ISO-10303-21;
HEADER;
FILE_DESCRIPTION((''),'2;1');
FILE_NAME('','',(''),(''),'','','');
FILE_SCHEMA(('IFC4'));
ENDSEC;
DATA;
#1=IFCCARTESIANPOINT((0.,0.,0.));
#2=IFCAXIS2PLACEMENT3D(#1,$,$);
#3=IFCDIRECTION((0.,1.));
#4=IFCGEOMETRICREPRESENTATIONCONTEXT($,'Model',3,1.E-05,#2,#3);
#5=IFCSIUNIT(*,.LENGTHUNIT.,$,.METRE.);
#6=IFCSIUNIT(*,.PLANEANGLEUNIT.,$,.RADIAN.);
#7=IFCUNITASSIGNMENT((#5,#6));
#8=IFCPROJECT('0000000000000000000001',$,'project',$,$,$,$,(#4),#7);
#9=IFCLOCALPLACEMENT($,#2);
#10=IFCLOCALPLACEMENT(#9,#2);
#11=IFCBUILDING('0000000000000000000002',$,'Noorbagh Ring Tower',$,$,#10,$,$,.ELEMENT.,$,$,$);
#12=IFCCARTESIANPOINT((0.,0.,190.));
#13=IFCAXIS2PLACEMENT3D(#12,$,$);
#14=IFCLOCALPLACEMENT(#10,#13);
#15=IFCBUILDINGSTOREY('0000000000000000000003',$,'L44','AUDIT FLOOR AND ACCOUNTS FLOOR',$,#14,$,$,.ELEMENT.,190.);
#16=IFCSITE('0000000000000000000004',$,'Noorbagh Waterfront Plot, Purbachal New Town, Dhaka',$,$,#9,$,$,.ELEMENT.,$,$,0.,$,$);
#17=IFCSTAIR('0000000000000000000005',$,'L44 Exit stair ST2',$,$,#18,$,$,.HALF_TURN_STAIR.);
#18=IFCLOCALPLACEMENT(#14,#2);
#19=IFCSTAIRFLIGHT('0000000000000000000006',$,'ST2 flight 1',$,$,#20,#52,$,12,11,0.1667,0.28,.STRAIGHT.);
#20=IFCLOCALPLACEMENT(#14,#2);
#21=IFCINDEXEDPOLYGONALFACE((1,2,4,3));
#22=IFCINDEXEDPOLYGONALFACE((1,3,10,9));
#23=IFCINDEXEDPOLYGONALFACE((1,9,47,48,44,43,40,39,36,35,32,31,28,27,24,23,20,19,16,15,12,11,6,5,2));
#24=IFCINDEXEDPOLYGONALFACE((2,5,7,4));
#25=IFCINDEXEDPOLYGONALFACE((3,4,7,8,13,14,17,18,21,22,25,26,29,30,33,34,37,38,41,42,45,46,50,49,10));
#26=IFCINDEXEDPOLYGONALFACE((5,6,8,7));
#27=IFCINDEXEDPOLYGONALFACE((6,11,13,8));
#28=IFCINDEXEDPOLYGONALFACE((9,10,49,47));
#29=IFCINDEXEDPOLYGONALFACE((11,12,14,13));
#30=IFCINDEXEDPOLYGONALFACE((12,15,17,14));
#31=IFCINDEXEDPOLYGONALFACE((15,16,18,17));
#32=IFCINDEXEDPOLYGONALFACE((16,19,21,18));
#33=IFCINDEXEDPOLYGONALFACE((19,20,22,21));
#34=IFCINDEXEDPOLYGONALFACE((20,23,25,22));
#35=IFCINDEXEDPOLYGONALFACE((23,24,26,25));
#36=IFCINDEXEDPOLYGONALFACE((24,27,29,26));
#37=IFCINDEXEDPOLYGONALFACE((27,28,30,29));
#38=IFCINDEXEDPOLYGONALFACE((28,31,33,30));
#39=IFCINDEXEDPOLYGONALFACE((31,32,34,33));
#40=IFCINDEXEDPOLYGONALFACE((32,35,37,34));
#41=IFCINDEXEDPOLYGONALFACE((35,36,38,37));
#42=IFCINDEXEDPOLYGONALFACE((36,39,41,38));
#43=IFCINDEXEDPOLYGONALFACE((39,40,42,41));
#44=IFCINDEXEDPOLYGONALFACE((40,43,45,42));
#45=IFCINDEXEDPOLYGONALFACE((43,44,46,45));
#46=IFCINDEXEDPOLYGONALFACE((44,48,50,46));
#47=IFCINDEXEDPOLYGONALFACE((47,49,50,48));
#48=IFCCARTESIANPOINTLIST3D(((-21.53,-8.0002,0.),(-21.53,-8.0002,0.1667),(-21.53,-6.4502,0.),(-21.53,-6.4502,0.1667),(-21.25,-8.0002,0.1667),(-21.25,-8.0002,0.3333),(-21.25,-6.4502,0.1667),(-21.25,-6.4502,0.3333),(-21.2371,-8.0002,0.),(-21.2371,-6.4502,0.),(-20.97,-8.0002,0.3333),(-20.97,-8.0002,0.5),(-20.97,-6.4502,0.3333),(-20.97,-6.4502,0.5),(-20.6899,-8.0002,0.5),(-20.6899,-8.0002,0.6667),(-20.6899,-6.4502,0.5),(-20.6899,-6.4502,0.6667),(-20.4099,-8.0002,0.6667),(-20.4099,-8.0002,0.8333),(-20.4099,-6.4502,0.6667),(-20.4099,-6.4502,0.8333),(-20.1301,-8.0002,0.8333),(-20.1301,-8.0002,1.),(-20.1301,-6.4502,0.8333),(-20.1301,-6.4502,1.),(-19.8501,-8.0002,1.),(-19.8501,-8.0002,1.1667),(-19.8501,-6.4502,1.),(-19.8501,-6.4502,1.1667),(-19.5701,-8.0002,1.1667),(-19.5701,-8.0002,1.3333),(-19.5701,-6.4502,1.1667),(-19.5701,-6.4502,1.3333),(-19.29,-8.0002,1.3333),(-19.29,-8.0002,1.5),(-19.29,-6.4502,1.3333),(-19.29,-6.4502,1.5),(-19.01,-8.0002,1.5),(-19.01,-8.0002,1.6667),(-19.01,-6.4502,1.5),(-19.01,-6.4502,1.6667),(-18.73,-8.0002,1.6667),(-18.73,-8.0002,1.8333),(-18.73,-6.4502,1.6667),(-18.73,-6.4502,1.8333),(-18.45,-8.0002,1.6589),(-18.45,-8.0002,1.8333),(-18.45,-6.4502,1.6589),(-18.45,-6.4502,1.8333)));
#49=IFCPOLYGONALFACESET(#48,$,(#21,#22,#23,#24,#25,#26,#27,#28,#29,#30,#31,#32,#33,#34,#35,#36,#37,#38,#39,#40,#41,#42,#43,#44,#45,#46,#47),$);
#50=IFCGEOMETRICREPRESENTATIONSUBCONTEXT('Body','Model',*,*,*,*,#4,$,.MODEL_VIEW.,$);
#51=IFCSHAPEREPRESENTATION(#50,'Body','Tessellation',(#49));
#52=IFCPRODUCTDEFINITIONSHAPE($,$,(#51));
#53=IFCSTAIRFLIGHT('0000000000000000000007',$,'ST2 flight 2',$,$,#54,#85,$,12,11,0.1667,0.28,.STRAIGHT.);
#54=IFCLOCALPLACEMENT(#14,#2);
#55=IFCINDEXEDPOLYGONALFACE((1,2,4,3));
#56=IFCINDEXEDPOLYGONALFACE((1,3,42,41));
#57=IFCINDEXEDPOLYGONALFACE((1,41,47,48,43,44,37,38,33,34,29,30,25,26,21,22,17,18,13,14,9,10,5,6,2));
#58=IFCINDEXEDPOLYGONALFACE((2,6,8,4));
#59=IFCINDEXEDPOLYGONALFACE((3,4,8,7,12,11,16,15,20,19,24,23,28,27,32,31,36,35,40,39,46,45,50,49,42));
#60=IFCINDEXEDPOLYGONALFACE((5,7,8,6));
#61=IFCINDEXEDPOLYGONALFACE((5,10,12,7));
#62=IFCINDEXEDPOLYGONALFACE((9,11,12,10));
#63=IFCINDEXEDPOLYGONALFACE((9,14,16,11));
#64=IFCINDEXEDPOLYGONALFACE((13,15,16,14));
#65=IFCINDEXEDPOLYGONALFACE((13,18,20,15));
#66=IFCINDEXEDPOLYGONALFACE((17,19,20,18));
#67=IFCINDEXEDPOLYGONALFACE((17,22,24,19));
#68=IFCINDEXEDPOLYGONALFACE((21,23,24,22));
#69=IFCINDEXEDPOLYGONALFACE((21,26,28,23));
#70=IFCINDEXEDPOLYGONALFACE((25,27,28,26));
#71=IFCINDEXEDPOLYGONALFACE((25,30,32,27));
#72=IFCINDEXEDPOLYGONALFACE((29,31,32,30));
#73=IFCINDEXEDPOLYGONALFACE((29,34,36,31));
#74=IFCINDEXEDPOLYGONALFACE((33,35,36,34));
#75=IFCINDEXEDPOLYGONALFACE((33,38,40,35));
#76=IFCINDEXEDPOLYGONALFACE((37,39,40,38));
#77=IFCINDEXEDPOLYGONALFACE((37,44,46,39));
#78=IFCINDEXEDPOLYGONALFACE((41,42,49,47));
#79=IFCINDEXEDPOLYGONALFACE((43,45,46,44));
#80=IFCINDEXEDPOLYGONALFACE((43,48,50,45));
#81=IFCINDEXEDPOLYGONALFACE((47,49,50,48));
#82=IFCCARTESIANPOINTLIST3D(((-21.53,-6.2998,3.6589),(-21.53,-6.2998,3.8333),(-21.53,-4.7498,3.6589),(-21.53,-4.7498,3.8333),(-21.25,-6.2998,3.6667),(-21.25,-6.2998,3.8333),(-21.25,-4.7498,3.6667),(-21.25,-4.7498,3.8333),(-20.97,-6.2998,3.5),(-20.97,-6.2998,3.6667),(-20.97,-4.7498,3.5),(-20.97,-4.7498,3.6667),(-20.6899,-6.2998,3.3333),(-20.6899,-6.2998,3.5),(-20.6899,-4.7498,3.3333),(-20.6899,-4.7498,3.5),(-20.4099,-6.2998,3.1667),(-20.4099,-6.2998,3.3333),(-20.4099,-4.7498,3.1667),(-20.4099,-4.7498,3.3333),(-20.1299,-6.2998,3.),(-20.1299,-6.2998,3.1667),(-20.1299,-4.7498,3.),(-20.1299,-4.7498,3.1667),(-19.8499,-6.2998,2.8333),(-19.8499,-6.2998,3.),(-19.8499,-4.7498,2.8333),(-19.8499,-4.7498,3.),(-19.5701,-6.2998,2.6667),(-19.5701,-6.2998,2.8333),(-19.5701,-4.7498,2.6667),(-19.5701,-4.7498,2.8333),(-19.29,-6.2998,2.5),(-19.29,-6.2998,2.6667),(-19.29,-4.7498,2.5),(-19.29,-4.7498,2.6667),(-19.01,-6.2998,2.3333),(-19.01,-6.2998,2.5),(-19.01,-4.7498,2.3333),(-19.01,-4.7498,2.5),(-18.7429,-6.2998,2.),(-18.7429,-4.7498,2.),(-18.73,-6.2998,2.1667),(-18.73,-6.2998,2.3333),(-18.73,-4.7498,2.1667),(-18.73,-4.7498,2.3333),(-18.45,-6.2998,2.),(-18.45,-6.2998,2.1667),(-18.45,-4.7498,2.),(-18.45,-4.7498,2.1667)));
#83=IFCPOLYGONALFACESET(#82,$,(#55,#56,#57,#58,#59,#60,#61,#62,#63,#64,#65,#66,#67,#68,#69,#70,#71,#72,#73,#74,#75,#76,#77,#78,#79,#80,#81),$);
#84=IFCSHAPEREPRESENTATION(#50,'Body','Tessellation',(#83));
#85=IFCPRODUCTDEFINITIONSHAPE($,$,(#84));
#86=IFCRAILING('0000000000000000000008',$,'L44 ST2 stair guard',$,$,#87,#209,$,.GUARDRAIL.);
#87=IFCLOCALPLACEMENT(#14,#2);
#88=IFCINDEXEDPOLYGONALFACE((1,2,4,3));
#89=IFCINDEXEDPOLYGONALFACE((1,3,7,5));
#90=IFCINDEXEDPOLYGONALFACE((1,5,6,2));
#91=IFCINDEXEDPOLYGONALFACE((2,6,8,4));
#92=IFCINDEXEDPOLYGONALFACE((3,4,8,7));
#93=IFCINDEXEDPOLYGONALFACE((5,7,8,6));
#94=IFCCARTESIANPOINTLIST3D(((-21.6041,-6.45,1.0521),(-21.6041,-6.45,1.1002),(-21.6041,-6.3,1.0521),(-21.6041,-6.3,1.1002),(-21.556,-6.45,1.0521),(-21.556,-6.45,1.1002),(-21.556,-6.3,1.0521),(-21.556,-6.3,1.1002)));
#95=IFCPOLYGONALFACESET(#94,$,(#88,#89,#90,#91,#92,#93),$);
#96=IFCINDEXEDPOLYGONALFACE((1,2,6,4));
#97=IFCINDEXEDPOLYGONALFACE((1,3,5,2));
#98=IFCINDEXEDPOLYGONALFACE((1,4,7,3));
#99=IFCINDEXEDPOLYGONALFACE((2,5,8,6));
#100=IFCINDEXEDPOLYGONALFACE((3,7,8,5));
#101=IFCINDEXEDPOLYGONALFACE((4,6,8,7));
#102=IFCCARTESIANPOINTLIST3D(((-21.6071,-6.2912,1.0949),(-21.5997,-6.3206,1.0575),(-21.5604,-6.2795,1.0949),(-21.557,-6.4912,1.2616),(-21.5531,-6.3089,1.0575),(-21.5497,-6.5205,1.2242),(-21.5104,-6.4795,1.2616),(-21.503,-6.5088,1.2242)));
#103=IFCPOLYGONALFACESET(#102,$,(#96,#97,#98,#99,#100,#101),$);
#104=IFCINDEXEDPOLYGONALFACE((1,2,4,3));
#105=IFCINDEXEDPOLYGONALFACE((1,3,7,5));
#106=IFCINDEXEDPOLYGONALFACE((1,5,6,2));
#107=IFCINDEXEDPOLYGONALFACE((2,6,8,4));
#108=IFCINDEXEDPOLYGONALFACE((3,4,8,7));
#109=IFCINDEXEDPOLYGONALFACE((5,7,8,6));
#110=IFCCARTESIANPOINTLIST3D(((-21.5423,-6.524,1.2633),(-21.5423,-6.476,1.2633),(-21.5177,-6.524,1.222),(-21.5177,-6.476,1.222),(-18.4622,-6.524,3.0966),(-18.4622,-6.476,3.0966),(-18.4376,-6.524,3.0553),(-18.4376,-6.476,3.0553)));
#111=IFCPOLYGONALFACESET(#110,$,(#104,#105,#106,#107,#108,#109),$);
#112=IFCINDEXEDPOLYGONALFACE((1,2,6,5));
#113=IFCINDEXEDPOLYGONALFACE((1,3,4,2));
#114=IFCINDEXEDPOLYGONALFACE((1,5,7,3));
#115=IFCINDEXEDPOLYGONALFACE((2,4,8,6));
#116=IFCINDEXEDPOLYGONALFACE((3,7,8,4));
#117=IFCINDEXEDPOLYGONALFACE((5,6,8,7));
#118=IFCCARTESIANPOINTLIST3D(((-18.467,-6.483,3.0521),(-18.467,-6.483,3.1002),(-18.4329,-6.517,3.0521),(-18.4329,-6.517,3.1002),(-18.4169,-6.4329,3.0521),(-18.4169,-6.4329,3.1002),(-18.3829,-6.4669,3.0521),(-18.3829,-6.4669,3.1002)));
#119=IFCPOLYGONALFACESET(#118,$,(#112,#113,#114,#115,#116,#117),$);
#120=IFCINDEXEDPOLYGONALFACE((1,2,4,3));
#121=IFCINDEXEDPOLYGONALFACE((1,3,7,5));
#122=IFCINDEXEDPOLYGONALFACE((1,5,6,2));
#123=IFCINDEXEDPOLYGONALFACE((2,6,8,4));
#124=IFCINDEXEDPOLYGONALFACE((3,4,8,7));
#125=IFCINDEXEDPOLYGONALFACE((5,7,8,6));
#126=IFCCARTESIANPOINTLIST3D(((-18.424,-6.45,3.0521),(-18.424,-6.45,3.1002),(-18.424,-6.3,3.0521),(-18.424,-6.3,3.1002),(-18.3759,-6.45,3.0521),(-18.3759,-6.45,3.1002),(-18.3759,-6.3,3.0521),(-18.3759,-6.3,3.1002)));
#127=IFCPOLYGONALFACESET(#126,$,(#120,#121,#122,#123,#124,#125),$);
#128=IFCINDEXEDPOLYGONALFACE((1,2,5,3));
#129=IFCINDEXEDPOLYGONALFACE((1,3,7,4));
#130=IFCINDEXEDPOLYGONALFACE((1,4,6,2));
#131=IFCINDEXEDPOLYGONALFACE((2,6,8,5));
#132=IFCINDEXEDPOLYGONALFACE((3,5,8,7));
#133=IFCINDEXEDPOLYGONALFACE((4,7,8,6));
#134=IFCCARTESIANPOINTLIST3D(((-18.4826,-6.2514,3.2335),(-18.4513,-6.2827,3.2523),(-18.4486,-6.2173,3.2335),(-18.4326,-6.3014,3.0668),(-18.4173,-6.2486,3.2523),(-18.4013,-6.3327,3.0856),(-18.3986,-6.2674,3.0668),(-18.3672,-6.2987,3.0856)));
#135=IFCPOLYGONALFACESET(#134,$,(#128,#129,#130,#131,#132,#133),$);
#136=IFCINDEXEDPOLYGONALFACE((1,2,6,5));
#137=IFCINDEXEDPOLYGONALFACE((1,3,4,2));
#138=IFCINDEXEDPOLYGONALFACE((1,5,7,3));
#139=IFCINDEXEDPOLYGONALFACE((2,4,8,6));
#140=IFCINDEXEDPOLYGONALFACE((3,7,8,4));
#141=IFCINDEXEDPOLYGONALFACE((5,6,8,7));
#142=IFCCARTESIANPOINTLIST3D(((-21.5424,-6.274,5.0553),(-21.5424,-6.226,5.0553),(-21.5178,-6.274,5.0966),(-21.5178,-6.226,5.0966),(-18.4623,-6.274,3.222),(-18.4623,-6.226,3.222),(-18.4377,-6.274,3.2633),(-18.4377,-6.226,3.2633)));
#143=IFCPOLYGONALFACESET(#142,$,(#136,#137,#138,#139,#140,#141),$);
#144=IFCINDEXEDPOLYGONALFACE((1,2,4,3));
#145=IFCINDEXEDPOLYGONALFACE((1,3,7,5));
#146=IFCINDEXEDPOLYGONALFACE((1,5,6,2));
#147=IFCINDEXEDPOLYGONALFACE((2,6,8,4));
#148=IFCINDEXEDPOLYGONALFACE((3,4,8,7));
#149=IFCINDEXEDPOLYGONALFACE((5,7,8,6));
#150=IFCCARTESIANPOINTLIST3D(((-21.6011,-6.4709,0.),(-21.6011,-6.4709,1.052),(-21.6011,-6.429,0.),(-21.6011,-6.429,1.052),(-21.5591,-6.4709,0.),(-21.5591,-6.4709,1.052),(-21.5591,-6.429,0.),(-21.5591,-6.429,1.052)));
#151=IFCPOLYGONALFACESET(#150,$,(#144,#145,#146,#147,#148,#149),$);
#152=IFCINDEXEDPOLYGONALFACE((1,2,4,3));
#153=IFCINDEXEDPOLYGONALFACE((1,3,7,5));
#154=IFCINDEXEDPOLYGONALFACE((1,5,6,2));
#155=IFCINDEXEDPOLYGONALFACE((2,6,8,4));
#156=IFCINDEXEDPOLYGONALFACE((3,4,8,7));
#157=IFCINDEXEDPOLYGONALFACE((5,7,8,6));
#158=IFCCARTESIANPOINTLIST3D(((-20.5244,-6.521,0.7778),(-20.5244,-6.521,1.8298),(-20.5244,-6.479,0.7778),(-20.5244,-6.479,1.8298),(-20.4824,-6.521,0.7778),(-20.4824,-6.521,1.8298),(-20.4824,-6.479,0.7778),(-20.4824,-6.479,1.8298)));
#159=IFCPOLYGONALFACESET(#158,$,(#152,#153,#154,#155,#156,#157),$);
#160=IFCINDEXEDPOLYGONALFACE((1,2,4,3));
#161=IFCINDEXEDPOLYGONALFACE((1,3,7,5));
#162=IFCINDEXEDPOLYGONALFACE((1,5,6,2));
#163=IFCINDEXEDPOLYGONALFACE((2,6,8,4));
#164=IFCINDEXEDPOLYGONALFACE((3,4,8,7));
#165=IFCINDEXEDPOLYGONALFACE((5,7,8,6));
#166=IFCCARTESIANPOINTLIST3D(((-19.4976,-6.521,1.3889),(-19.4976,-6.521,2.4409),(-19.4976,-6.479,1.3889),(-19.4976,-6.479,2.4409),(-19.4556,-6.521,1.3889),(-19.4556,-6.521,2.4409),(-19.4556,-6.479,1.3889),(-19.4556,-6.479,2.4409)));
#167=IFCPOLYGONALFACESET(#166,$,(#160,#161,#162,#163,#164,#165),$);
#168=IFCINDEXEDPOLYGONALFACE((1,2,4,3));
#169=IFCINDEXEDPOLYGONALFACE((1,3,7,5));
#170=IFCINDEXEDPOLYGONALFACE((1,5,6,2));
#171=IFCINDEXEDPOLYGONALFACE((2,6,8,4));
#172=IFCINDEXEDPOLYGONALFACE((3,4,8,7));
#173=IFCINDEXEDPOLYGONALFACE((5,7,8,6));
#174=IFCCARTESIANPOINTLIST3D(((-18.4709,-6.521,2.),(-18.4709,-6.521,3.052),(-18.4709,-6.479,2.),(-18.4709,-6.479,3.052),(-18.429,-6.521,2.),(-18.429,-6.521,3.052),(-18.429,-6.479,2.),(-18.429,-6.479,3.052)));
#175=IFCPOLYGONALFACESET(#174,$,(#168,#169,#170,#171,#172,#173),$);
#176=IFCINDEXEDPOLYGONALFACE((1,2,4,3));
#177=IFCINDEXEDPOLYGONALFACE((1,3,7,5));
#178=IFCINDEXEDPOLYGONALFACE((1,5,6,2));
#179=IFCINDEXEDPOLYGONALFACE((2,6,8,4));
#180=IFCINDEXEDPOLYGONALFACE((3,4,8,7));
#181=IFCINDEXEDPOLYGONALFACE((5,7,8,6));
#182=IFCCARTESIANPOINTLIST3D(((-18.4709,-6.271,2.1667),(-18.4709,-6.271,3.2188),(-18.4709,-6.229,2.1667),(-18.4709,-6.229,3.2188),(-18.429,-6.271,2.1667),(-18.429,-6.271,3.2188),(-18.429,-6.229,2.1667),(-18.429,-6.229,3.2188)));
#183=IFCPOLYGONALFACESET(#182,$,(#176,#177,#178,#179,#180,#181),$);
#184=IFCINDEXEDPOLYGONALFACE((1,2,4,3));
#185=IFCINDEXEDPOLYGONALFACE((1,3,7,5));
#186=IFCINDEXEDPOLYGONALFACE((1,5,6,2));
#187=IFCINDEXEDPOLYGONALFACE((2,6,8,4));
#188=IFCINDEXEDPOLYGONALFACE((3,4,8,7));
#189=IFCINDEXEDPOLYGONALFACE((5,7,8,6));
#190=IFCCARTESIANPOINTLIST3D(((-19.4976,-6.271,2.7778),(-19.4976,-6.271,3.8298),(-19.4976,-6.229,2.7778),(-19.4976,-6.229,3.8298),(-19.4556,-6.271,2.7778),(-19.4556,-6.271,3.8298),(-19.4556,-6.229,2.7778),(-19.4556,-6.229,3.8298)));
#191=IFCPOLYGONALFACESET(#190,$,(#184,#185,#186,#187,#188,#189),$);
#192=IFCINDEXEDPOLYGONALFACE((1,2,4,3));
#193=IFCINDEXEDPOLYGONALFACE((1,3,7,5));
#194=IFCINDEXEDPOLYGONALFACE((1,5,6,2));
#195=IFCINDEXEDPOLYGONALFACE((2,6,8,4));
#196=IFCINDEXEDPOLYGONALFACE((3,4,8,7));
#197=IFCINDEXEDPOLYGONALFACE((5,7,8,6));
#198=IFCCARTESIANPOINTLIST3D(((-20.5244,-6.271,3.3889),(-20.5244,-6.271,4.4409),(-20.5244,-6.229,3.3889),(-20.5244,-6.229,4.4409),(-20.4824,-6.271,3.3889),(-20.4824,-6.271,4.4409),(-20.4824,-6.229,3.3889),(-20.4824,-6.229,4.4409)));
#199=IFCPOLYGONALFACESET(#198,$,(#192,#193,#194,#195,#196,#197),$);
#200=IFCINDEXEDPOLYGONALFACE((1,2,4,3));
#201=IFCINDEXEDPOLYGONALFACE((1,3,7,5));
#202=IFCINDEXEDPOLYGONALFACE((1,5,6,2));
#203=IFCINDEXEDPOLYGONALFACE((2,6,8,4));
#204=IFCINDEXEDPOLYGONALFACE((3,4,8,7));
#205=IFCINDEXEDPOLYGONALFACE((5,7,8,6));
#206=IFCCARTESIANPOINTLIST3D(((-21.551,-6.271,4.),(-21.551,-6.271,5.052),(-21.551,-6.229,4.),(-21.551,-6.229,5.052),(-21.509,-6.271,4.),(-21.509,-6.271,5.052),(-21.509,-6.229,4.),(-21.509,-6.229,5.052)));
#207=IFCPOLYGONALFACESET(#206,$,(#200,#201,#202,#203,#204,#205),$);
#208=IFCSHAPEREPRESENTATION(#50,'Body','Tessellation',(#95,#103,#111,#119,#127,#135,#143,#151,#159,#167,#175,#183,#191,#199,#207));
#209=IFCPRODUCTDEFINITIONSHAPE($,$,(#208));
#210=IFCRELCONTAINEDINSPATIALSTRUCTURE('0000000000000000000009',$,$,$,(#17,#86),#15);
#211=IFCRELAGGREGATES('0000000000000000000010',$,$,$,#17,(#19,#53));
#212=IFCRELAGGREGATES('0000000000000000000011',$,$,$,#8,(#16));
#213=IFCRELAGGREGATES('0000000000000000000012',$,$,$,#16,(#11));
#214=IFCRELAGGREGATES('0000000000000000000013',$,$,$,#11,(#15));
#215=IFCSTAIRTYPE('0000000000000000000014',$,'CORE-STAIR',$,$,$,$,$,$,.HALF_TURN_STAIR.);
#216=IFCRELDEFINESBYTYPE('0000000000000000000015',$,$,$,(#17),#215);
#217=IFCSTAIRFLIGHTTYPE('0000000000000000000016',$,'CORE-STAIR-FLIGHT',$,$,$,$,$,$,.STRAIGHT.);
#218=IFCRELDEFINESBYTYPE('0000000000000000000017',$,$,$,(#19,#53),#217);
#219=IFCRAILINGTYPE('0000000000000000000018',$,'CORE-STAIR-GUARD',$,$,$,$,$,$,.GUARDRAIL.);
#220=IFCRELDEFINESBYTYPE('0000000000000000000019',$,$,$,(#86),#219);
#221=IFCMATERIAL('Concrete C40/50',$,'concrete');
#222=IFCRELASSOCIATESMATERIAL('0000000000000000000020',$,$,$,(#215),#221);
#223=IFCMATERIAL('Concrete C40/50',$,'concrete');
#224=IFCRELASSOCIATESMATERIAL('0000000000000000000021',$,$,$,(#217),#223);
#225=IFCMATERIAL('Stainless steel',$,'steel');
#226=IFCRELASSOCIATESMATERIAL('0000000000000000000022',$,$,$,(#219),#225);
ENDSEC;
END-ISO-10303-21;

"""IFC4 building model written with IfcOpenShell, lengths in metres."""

from ifc_helpers import new_model, si_unit, direction, frame, origin, origin_2d, place, context, subcontext, project, spatial, polyline, rectangle, outline, extrude, material, type_object, element, aggregate, save


model = new_model("IFC4")

# Units and contexts
model_context = context("Model", 3, precision=1e-05, world=origin(), true_north=direction((0.0, 1.0)))
body_context = subcontext(model_context, "Body", "Model", "MODEL_VIEW")
ifc_project = project(units=[si_unit("LENGTHUNIT", "METRE"), si_unit("PLANEANGLEUNIT", "RADIAN")], contexts=[model_context])

# Site, building, storey
site_placement = place(None, origin())
site = spatial("IfcSite", under=ifc_project, at=site_placement, Name="Noorbagh Waterfront Plot, Purbachal New Town, Dhaka", CompositionType="ELEMENT", RefElevation=0.0)
building_placement = place(site_placement, origin())
building = spatial("IfcBuilding", under=site, at=building_placement, Name="Noorbagh Ring Tower", CompositionType="ELEMENT")
storey_placement = place(building_placement, frame((0.0, 0.0, 190.0)))
storey = spatial("IfcBuildingStorey", under=building, at=storey_placement, Name="L44", Description="AUDIT FLOOR AND ACCOUNTS FLOOR", CompositionType="ELEMENT", Elevation=190.0)

# Stair, stair flights
ifc_material_1 = material(Name="Concrete C40/50", Category="concrete")
stair_type = type_object("IfcStairType", Name="CORE-STAIR", PredefinedType="HALF_TURN_STAIR", material=ifc_material_1)
stair_placement = place(storey_placement, origin())
stair = element("IfcStair", 1, at=stair_placement, inside=storey, type_object=stair_type, Name="L44 Exit stair ST2", PredefinedType="HALF_TURN_STAIR")
ifc_material_2 = material(Name="Concrete C40/50", Category="concrete")
stair_flight_type = type_object("IfcStairFlightType", Name="CORE-STAIR-FLIGHT", PredefinedType="STRAIGHT", material=ifc_material_2)
stair_flight_1_placement = place(storey_placement, frame((-21.53, -7.2251, 0.0), z_axis=(0.0, 0.0, 1.0), x_axis=(1.0, 0.0, 0.0)))
stair_flight_1 = element("IfcStairFlight", 2, at=stair_flight_1_placement, type_object=stair_flight_type, Name="ST2 flight 1", NumberOfRisers=12, NumberOfTreads=11, PredefinedType="STRAIGHT", RiserHeight=0.1667, TreadLength=0.28, context=body_context, shape_type="SweptSolid", body=[
    extrude(outline(polyline([(0.0, 0.0), (0.0, 0.1667), (0.28, 0.1667), (0.28, 0.3333), (0.5601, 0.3333), (0.5601, 0.5), (0.8401, 0.5), (0.8401, 0.6667), (1.1201, 0.6667), (1.1201, 0.8333), (1.3999, 0.8333), (1.3999, 1.0), (1.6799, 1.0), (1.6799, 1.1667), (1.96, 1.1667), (1.96, 1.3333), (2.24, 1.3333), (2.24, 1.5), (2.52, 1.5), (2.52, 1.6667), (2.8, 1.6667), (2.8, 1.8333), (3.0801, 1.8333), (3.0801, 2.0), (3.0801, 1.6589), (0.293, 0.0), (0.0, 0.0)])), frame((0.0, 0.7749, 0.0), z_axis=(0.0, -1.0, 0.0), x_axis=(1.0, 0.0, 0.0)), (0.0, 0.0, 1.0), 1.55),
])
stair_flight_2_placement = place(storey_placement, frame((-18.45, -5.5249, 2.0), z_axis=(0.0, 0.0, 1.0), x_axis=(-1.0, 0.0, 0.0)))
stair_flight_2 = element("IfcStairFlight", 3, at=stair_flight_2_placement, type_object=stair_flight_type, Name="ST2 flight 2", NumberOfRisers=12, NumberOfTreads=11, PredefinedType="STRAIGHT", RiserHeight=0.1667, TreadLength=0.28, context=body_context, shape_type="SweptSolid", body=[
    extrude(outline(polyline([(0.0, 0.0), (0.0, 0.1667), (0.28, 0.1667), (0.28, 0.3333), (0.5601, 0.3333), (0.5601, 0.5), (0.8401, 0.5), (0.8401, 0.6667), (1.1201, 0.6667), (1.1201, 0.8333), (1.3999, 0.8333), (1.3999, 1.0), (1.6799, 1.0), (1.6799, 1.1667), (1.96, 1.1667), (1.96, 1.3333), (2.24, 1.3333), (2.24, 1.5), (2.52, 1.5), (2.52, 1.6667), (2.8, 1.6667), (2.8, 1.8333), (3.0801, 1.8333), (3.0801, 2.0), (3.0801, 1.6589), (0.293, 0.0), (0.0, 0.0)])), frame((0.0, 0.7749, 0.0), z_axis=(0.0, -1.0, 0.0), x_axis=(1.0, 0.0, 0.0)), (0.0, 0.0, 1.0), 1.55),
])
aggregate(stair, [stair_flight_1, stair_flight_2])

# Railing
ifc_material_3 = material(Name="Stainless steel", Category="steel")
railing_type_1 = type_object("IfcRailingType", Name="CORE-STAIR-GUARD", PredefinedType="GUARDRAIL", material=ifc_material_3)
railing_1_placement = place(storey_placement, frame((-21.5801, -6.45, 0.0)))
element("IfcRailing", 4, at=railing_1_placement, inside=storey, type_object=railing_type_1, Name="L44 ST2 stair guard", PredefinedType="GUARDRAIL", context=body_context, shape_type="SweptSolid", body=[
    extrude(rectangle(XDim=0.0481, YDim=0.0481, at=origin_2d()), frame((0.0, 0.0, 1.0762), z_axis=(0.0, 1.0, 0.0), x_axis=(-1.0, 0.0, 0.0)), (0.0, 0.0, 1.0), 0.1499),
    extrude(rectangle(XDim=0.0481, YDim=0.0481, at=origin_2d()), frame((0.0, 0.1499, 1.0762), z_axis=(0.188776, -0.754182, 0.628946), x_axis=(0.970073, 0.242814, 0.0)), (0.0, 0.0, 1.0), 0.2651),
    extrude(rectangle(XDim=0.0481, YDim=0.0481, at=origin_2d()), frame((0.05, -0.05, 1.2427), z_axis=(0.859309, 0.0, 0.511458), x_axis=(0.0, 1.0, 0.0)), (0.0, 0.0, 1.0), 3.5845),
    extrude(rectangle(XDim=0.0481, YDim=0.0481, at=origin_2d()), frame((3.1301, -0.05, 3.0762), z_axis=(0.707107, 0.707107, 0.0), x_axis=(-0.707107, 0.707107, 0.0)), (0.0, 0.0, 1.0), 0.0708),
    extrude(rectangle(XDim=0.0481, YDim=0.0481, at=origin_2d()), frame((3.1802, 0.0, 3.0762), z_axis=(0.0, 1.0, 0.0), x_axis=(-1.0, 0.0, 0.0)), (0.0, 0.0, 1.0), 0.1499),
    extrude(rectangle(XDim=0.0481, YDim=0.0481, at=origin_2d()), frame((3.1802, 0.1499, 3.0762), z_axis=(-0.276287, 0.276287, 0.920506), x_axis=(-0.707107, -0.707107, 0.0)), (0.0, 0.0, 1.0), 0.1812),
    extrude(rectangle(XDim=0.0481, YDim=0.0481, at=origin_2d()), frame((3.1301, 0.2, 3.2427), z_axis=(-0.859309, 0.0, 0.511458), x_axis=(0.0, -1.0, 0.0)), (0.0, 0.0, 1.0), 3.5845),
    extrude(rectangle(XDim=0.042, YDim=0.042, at=origin_2d()), origin(), (0.0, 0.0, 1.0), 1.052),
    extrude(rectangle(XDim=0.042, YDim=0.042, at=origin_2d()), frame((1.0767, -0.05, 0.7778)), (0.0, 0.0, 1.0), 1.052),
    extrude(rectangle(XDim=0.042, YDim=0.042, at=origin_2d()), frame((2.1035, -0.05, 1.3889)), (0.0, 0.0, 1.0), 1.052),
    extrude(rectangle(XDim=0.042, YDim=0.042, at=origin_2d()), frame((3.1301, -0.05, 2.0)), (0.0, 0.0, 1.0), 1.052),
    extrude(rectangle(XDim=0.042, YDim=0.042, at=origin_2d()), frame((3.1301, 0.2, 2.1667)), (0.0, 0.0, 1.0), 1.052),
    extrude(rectangle(XDim=0.042, YDim=0.042, at=origin_2d()), frame((2.1035, 0.2, 2.7778)), (0.0, 0.0, 1.0), 1.052),
    extrude(rectangle(XDim=0.042, YDim=0.042, at=origin_2d()), frame((1.0767, 0.2, 3.3889)), (0.0, 0.0, 1.0), 1.052),
    extrude(rectangle(XDim=0.042, YDim=0.042, at=origin_2d()), frame((0.05, 0.2, 4.0)), (0.0, 0.0, 1.0), 1.052),
])

save(model, "model.ifc")
